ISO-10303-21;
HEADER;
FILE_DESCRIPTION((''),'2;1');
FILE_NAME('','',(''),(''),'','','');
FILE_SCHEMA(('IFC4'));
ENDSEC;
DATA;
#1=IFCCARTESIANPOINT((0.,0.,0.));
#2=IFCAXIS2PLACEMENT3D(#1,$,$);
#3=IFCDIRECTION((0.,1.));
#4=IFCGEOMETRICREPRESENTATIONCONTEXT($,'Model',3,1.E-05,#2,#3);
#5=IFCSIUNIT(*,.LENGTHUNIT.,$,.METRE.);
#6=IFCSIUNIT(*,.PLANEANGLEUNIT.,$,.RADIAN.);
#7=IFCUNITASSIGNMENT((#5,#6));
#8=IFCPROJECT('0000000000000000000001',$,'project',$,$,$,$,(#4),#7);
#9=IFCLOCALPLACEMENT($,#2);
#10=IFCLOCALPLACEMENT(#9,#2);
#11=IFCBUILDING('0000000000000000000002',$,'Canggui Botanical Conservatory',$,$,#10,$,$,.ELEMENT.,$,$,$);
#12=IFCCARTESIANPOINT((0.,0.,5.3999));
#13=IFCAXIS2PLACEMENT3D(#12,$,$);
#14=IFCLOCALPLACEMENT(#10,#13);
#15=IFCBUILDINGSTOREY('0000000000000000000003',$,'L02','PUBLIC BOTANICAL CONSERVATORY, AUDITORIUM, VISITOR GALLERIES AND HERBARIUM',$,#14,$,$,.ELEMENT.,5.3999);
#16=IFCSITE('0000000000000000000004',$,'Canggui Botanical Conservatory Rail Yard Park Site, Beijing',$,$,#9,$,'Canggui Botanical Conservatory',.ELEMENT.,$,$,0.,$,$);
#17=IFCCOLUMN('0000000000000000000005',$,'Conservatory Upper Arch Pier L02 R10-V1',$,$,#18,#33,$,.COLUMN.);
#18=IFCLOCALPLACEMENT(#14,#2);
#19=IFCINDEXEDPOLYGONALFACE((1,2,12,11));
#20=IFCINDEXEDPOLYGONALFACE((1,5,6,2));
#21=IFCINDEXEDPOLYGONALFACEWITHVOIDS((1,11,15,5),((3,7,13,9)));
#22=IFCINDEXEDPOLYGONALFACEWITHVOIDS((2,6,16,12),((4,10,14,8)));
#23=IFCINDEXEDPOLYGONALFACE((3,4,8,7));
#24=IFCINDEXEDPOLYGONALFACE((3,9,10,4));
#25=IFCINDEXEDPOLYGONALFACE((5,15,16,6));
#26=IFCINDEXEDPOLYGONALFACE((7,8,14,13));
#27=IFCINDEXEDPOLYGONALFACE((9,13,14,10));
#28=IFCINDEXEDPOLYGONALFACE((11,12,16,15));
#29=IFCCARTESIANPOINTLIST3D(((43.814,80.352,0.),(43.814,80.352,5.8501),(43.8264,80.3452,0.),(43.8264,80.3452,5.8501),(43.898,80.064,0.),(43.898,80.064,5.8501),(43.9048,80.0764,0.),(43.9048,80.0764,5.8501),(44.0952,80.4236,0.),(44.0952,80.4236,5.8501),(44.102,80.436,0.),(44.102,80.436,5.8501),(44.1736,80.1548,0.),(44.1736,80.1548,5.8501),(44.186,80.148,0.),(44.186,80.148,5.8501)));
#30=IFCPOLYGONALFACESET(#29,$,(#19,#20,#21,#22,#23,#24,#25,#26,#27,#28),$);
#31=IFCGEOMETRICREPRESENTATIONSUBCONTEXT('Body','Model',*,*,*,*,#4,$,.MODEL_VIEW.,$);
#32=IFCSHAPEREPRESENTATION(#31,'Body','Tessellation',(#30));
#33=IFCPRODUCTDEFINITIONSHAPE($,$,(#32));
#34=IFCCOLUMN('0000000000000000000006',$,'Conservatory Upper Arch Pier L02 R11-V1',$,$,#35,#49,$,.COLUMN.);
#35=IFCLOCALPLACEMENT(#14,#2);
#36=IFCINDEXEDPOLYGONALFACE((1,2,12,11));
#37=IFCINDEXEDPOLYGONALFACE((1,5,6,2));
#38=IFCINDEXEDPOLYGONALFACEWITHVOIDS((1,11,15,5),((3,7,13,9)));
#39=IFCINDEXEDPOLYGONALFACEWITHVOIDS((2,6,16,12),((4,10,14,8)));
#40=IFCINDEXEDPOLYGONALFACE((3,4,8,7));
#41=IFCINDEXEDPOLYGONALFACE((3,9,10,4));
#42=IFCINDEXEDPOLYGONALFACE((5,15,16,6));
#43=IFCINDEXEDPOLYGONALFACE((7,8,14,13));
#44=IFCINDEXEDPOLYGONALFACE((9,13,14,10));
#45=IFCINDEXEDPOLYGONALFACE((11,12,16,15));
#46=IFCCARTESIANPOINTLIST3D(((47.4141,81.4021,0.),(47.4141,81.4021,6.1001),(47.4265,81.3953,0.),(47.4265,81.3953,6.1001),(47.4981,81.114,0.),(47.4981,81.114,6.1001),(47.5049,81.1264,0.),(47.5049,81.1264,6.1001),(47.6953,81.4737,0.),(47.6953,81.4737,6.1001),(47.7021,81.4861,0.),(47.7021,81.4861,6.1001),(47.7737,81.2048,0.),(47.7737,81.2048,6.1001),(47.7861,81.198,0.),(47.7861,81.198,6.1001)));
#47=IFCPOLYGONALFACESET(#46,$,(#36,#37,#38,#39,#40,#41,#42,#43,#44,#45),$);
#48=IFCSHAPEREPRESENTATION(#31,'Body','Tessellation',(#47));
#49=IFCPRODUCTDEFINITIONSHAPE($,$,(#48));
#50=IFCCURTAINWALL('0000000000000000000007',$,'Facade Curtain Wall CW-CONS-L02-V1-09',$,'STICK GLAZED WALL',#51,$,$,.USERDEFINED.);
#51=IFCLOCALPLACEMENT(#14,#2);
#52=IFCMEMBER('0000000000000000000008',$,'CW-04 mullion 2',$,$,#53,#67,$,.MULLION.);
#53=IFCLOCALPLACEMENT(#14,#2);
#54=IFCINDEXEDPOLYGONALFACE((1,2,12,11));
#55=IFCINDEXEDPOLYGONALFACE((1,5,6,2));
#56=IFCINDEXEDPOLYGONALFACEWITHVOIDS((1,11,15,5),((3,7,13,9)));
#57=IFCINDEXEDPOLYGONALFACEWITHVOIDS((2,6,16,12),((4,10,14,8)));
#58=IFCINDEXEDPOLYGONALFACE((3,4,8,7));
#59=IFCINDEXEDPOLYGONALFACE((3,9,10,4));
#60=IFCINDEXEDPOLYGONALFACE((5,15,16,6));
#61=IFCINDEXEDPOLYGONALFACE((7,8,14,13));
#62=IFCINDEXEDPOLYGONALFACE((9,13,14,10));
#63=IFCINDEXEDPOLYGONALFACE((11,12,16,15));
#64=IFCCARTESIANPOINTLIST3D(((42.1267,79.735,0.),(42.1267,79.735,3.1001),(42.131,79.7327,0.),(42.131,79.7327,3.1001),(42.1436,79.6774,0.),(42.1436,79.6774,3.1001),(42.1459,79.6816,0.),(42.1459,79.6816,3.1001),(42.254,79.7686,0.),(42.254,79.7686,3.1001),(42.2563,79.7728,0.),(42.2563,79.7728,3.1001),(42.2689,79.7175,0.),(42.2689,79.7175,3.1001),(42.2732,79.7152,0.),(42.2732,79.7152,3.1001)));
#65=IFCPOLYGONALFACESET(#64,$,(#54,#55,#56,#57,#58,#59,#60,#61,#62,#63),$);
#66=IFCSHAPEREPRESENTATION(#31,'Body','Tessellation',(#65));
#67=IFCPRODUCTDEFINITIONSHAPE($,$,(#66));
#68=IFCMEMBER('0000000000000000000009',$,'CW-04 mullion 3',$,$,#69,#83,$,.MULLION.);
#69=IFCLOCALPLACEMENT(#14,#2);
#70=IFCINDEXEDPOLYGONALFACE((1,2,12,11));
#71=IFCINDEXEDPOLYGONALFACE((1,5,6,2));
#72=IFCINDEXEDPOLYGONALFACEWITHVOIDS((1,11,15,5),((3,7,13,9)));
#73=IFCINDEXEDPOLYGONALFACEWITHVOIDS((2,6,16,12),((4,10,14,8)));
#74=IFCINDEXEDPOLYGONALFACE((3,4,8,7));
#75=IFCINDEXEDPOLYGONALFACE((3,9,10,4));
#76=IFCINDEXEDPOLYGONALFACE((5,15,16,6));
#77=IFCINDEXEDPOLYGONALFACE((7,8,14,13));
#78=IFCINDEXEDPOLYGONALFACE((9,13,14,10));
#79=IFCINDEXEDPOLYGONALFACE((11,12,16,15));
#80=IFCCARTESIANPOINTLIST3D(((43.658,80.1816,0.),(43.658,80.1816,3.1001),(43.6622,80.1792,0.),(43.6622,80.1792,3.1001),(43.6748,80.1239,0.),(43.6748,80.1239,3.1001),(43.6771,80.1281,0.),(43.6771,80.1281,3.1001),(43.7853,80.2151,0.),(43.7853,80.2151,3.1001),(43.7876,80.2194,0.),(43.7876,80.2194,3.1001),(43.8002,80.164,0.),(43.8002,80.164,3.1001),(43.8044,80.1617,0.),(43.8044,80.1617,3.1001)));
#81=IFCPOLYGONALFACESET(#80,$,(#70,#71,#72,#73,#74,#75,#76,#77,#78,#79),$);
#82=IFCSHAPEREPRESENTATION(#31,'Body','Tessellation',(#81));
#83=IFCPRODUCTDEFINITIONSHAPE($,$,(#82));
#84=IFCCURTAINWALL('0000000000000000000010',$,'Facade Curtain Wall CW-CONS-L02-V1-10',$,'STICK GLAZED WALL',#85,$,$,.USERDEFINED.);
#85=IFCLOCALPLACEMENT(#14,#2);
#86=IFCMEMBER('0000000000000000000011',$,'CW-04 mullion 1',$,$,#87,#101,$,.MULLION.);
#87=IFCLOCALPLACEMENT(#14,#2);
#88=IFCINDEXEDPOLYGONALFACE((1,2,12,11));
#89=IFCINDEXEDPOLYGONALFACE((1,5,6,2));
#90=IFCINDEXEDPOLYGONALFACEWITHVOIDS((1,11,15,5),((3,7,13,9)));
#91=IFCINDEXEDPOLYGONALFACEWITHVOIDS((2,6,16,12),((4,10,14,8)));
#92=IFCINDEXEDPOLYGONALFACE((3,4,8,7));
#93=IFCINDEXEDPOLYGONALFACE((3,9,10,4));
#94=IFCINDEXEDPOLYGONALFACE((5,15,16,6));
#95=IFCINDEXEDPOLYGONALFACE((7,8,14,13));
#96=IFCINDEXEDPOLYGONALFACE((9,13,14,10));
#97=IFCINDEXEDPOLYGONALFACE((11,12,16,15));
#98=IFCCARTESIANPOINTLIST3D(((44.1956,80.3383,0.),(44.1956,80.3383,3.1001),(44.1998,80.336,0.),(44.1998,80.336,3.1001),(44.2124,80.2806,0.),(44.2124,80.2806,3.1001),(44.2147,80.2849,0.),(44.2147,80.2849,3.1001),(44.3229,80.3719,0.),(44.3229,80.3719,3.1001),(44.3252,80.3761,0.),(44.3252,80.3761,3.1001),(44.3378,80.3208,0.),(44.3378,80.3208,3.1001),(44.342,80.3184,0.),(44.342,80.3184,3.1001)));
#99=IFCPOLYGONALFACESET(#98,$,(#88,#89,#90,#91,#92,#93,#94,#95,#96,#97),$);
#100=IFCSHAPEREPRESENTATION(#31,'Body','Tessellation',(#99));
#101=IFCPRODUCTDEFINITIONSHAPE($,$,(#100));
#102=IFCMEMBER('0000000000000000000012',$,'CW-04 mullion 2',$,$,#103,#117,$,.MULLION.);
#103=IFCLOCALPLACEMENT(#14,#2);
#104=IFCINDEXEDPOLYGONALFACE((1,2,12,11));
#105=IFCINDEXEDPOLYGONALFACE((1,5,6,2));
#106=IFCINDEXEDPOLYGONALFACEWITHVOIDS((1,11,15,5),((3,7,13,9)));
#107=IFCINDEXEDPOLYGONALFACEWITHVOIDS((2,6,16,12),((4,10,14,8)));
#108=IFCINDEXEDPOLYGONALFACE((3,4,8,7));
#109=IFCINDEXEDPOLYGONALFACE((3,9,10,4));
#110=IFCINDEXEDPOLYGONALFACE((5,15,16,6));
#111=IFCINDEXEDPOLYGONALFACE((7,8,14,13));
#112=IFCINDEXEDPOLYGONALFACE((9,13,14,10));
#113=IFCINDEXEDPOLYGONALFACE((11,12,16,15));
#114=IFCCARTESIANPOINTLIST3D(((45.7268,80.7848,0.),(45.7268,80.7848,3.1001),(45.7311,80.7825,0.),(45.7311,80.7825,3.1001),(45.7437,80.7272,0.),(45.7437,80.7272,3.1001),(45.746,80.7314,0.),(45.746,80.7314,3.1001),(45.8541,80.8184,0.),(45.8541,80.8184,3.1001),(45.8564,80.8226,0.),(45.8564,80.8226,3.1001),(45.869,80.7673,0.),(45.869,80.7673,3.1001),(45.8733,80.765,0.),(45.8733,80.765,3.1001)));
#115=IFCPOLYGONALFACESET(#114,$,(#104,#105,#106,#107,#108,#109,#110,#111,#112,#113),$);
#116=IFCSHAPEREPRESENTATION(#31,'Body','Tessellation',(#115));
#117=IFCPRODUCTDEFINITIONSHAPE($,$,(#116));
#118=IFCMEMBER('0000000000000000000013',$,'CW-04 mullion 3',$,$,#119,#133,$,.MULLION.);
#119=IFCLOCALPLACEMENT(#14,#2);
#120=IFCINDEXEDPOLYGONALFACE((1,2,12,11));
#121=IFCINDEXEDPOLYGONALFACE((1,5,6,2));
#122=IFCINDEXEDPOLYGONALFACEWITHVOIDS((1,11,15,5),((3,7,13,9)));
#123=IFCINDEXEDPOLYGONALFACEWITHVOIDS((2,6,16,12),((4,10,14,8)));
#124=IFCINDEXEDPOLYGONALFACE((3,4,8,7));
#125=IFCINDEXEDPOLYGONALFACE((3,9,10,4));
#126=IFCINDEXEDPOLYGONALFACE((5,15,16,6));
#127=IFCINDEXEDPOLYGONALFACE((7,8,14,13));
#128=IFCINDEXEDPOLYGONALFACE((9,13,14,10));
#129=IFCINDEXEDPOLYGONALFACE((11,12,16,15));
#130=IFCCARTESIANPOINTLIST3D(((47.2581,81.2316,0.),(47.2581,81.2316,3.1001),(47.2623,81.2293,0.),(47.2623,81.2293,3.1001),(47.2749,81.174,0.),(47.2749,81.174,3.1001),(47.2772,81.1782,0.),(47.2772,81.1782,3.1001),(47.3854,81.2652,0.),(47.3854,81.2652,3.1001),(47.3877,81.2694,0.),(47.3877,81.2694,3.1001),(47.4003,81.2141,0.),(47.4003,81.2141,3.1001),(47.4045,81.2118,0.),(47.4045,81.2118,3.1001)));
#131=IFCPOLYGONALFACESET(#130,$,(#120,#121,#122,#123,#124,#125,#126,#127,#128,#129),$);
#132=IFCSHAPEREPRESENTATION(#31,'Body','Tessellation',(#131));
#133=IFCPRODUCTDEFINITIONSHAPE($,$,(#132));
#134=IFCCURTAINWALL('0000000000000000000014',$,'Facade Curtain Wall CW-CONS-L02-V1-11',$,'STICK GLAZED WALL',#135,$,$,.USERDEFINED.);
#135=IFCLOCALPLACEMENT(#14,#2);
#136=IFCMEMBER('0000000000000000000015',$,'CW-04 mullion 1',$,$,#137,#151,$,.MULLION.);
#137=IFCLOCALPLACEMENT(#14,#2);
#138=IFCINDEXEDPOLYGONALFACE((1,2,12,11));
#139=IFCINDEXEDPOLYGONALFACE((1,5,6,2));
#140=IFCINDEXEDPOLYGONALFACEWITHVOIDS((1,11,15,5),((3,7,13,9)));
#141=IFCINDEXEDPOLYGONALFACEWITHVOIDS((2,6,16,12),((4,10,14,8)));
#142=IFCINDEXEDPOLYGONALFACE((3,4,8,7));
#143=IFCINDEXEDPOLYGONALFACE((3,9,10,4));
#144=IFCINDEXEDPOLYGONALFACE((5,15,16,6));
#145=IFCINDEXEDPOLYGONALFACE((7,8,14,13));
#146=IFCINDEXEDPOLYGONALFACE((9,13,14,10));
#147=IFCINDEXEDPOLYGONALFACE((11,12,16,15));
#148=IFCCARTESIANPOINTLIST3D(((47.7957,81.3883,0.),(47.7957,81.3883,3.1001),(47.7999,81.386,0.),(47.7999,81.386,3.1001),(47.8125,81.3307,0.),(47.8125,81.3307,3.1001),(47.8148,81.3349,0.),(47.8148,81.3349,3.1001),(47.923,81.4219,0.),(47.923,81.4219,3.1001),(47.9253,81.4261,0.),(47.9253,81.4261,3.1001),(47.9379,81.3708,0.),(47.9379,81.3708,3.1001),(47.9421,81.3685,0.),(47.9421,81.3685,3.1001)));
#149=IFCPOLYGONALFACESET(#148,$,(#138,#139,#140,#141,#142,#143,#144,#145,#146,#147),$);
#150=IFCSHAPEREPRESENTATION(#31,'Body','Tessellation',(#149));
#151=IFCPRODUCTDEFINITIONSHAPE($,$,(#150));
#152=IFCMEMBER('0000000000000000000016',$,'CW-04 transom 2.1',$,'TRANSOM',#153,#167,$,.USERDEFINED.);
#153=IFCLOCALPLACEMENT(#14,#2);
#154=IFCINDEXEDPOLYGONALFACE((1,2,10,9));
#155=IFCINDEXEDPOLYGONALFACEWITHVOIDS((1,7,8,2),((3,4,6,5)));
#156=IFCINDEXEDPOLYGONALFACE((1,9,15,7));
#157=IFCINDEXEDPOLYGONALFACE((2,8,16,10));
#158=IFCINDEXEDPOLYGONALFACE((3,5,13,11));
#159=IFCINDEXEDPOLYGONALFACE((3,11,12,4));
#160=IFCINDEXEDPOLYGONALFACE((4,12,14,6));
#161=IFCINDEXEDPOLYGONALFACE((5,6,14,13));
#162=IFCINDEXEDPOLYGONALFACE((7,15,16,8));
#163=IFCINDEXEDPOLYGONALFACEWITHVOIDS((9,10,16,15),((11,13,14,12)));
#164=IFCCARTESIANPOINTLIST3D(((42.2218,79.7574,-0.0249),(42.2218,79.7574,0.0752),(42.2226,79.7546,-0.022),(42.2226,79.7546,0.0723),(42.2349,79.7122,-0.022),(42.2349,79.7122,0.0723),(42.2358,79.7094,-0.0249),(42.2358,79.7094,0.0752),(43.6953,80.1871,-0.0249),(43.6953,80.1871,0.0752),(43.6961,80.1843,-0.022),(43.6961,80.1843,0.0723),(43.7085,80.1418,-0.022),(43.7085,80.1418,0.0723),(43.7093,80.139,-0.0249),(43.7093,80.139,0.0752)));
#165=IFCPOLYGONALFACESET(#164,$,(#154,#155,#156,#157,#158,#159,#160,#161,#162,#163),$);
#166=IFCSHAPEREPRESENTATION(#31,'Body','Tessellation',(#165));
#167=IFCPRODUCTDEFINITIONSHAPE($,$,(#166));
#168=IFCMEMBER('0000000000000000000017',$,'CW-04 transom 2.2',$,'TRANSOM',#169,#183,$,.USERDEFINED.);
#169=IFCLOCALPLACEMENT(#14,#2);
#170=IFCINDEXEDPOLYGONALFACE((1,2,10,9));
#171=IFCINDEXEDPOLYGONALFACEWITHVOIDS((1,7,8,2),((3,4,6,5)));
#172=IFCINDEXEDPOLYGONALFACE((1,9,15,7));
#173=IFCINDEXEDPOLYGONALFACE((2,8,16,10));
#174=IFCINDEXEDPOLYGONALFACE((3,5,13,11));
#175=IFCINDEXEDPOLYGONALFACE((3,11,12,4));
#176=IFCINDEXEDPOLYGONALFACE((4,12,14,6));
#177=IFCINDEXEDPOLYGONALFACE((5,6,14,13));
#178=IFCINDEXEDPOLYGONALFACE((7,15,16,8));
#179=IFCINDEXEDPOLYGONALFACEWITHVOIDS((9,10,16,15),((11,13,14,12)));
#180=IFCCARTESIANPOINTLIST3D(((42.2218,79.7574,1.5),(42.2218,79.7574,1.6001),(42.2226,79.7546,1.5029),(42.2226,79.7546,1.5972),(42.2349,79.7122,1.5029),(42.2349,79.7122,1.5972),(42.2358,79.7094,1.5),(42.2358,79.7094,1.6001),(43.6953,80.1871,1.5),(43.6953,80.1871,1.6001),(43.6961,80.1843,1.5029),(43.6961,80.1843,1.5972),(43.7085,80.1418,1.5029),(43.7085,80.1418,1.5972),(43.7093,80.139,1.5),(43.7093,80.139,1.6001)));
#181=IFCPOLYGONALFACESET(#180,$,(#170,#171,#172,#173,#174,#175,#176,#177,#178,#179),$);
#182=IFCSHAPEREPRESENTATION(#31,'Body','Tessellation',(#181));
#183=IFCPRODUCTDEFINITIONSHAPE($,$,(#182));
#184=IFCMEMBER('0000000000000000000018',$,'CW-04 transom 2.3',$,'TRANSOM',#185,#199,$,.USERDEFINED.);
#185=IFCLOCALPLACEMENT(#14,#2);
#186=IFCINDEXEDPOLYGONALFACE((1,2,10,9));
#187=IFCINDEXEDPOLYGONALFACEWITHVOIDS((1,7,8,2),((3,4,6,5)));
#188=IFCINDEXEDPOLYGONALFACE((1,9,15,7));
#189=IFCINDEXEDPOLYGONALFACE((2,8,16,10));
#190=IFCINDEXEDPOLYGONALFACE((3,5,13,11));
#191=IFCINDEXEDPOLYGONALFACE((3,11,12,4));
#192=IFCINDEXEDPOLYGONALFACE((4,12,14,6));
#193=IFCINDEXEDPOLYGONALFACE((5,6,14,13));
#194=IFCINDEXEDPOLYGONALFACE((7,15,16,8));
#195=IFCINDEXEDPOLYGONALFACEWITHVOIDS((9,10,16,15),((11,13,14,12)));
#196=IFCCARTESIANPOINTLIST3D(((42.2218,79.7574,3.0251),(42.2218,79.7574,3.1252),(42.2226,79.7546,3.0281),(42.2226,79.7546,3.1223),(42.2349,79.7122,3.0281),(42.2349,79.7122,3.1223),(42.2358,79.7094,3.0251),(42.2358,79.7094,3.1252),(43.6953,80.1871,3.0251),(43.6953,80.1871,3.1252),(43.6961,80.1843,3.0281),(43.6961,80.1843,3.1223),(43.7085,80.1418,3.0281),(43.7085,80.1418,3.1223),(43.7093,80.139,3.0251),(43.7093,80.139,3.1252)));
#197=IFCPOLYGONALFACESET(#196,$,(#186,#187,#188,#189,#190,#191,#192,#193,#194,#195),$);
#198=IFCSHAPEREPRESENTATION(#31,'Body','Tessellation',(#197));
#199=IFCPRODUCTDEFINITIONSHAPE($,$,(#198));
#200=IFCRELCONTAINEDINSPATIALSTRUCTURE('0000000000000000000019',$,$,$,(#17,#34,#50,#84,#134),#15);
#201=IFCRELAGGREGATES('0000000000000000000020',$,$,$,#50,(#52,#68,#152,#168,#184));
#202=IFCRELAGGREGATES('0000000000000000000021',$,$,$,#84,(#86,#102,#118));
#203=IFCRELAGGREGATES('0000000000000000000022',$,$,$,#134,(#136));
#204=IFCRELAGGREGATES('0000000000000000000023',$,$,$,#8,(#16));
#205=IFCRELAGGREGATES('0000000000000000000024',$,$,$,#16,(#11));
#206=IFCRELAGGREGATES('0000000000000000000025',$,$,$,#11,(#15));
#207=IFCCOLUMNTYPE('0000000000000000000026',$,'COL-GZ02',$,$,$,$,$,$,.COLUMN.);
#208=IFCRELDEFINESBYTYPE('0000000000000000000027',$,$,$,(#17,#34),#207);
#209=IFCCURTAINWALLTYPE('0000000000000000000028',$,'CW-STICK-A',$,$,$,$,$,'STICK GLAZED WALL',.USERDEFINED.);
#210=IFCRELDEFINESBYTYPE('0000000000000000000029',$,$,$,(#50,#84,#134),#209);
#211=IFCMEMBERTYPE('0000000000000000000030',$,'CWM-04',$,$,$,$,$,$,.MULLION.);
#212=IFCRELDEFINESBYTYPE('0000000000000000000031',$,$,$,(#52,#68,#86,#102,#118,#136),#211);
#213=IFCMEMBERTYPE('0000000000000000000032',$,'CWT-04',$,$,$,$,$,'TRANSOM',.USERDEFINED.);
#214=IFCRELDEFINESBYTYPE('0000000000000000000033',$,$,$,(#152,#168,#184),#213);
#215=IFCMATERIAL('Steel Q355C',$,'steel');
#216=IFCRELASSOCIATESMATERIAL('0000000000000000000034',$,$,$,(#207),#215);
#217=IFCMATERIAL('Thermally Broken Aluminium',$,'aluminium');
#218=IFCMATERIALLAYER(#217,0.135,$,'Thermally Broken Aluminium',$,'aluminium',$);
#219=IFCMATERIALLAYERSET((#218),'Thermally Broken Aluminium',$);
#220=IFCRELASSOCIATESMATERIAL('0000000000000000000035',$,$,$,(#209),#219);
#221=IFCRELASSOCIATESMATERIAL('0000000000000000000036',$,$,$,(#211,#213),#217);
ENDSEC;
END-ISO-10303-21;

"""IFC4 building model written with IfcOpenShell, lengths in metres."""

from ifc_helpers import new_model, si_unit, direction, frame, origin, origin_2d, place, context, subcontext, project, spatial, hollow_rectangle, extrude, material, layer, layer_set, material_profile, profile_set, type_object, element, aggregate, save


model = new_model("IFC4")

# Units and contexts
model_context = context("Model", 3, precision=1e-05, world=origin(), true_north=direction((0.0, 1.0)))
body_context = subcontext(model_context, "Body", "Model", "MODEL_VIEW")
ifc_project = project(units=[si_unit("LENGTHUNIT", "METRE"), si_unit("PLANEANGLEUNIT", "RADIAN")], contexts=[model_context])

# Site, building, storey
site_placement = place(None, origin())
site = spatial("IfcSite", under=ifc_project, at=site_placement, Name="Canggui Botanical Conservatory Rail Yard Park Site, Beijing", LongName="Canggui Botanical Conservatory", CompositionType="ELEMENT", RefElevation=0.0)
building_placement = place(site_placement, origin())
building = spatial("IfcBuilding", under=site, at=building_placement, Name="Canggui Botanical Conservatory", CompositionType="ELEMENT")
storey_placement = place(building_placement, frame((0.0, 0.0, 5.3999)))
storey = spatial("IfcBuildingStorey", under=building, at=storey_placement, Name="L02", Description="PUBLIC BOTANICAL CONSERVATORY, AUDITORIUM, VISITOR GALLERIES AND HERBARIUM", CompositionType="ELEMENT", Elevation=5.3999)

# Columns
ifc_material_1 = material(Name="Steel Q355C", Category="steel")
ifc_material_profile_1 = material_profile(ifc_material_1, hollow_rectangle(XDim=0.3, YDim=0.3, WallThickness=0.01, at=origin_2d()), Name="SHS 300x300x10")
ifc_profile_set_1 = profile_set([ifc_material_profile_1], Name="Steel Q355C")
column_type = type_object("IfcColumnType", Name="COL-GZ02", PredefinedType="COLUMN", material=ifc_profile_set_1)
column_1_placement = place(storey_placement, frame((44.0, 80.25, 0.0), z_axis=(0.0, 0.0, 1.0), x_axis=(0.96, 0.28, 0.0)))
element("IfcColumn", 1, at=column_1_placement, inside=storey, type_object=column_type, Name="Conservatory Upper Arch Pier L02 R10-V1", PredefinedType="COLUMN", context=body_context, shape_type="SweptSolid", body=[
    extrude(hollow_rectangle(XDim=0.3, YDim=0.3, WallThickness=0.01, at=origin_2d()), origin(), (0.0, 0.0, 1.0), 5.8501),
])
column_2_placement = place(storey_placement, frame((47.6001, 81.3, 0.0), z_axis=(0.0, 0.0, 1.0), x_axis=(0.96, 0.28, 0.0)))
element("IfcColumn", 2, at=column_2_placement, inside=storey, type_object=column_type, Name="Conservatory Upper Arch Pier L02 R11-V1", PredefinedType="COLUMN", context=body_context, shape_type="SweptSolid", body=[
    extrude(hollow_rectangle(XDim=0.3, YDim=0.3, WallThickness=0.01, at=origin_2d()), origin(), (0.0, 0.0, 1.0), 6.1001),
])

# Curtain walls, members
ifc_material_2 = material(Name="Thermally Broken Aluminium", Category="aluminium")
ifc_layer_1 = layer(ifc_material_2, 0.135, Name="Thermally Broken Aluminium", Category="aluminium")
ifc_layer_set_1 = layer_set([ifc_layer_1], Name="Thermally Broken Aluminium")
curtain_wall_type = type_object("IfcCurtainWallType", Name="CW-STICK-A", ElementType="STICK GLAZED WALL", PredefinedType="USERDEFINED", material=ifc_layer_set_1)
curtain_wall_1_placement = place(storey_placement, origin())
curtain_wall_1 = element("IfcCurtainWall", 3, at=curtain_wall_1_placement, inside=storey, type_object=curtain_wall_type, Name="Facade Curtain Wall CW-CONS-L02-V1-09", ObjectType="STICK GLAZED WALL", PredefinedType="USERDEFINED")
ifc_material_profile_2 = material_profile(ifc_material_2, hollow_rectangle(XDim=0.0601, YDim=0.135, WallThickness=0.0034, at=origin_2d()), Name="CWM 60x135x3.5")
ifc_profile_set_2 = profile_set([ifc_material_profile_2], Name="Thermally Broken Aluminium")
member_type_1 = type_object("IfcMemberType", Name="CWM-04", PredefinedType="MULLION", material=ifc_profile_set_2)
member_1_placement = place(storey_placement, frame((42.2, 79.7251, 0.0), z_axis=(0.0, 0.0, 1.0), x_axis=(-0.28, 0.96, 0.0)))
member_1 = element("IfcMember", 4, at=member_1_placement, type_object=member_type_1, Name="CW-04 mullion 2", PredefinedType="MULLION", context=body_context, shape_type="SweptSolid", body=[
    extrude(hollow_rectangle(XDim=0.0601, YDim=0.135, WallThickness=0.0034, at=origin_2d()), origin(), (0.0, 0.0, 1.0), 3.1001),
])
member_2_placement = place(storey_placement, frame((43.7312, 80.1716, 0.0), z_axis=(0.0, 0.0, 1.0), x_axis=(-0.28, 0.96, 0.0)))
member_2 = element("IfcMember", 5, at=member_2_placement, type_object=member_type_1, Name="CW-04 mullion 3", PredefinedType="MULLION", context=body_context, shape_type="SweptSolid", body=[
    extrude(hollow_rectangle(XDim=0.0601, YDim=0.135, WallThickness=0.0034, at=origin_2d()), origin(), (0.0, 0.0, 1.0), 3.1001),
])
curtain_wall_2_placement = place(storey_placement, origin())
curtain_wall_2 = element("IfcCurtainWall", 6, at=curtain_wall_2_placement, inside=storey, type_object=curtain_wall_type, Name="Facade Curtain Wall CW-CONS-L02-V1-10", ObjectType="STICK GLAZED WALL", PredefinedType="USERDEFINED")
member_3_placement = place(storey_placement, frame((44.2688, 80.3284, 0.0), z_axis=(0.0, 0.0, 1.0), x_axis=(-0.28, 0.96, 0.0)))
member_3 = element("IfcMember", 7, at=member_3_placement, type_object=member_type_1, Name="CW-04 mullion 1", PredefinedType="MULLION", context=body_context, shape_type="SweptSolid", body=[
    extrude(hollow_rectangle(XDim=0.0601, YDim=0.135, WallThickness=0.0034, at=origin_2d()), origin(), (0.0, 0.0, 1.0), 3.1001),
])
member_4_placement = place(storey_placement, frame((45.8, 80.7749, 0.0), z_axis=(0.0, 0.0, 1.0), x_axis=(-0.28, 0.96, 0.0)))
member_4 = element("IfcMember", 8, at=member_4_placement, type_object=member_type_1, Name="CW-04 mullion 2", PredefinedType="MULLION", context=body_context, shape_type="SweptSolid", body=[
    extrude(hollow_rectangle(XDim=0.0601, YDim=0.135, WallThickness=0.0034, at=origin_2d()), origin(), (0.0, 0.0, 1.0), 3.1001),
])
member_5_placement = place(storey_placement, frame((47.3313, 81.2217, 0.0), z_axis=(0.0, 0.0, 1.0), x_axis=(-0.28, 0.96, 0.0)))
member_5 = element("IfcMember", 9, at=member_5_placement, type_object=member_type_1, Name="CW-04 mullion 3", PredefinedType="MULLION", context=body_context, shape_type="SweptSolid", body=[
    extrude(hollow_rectangle(XDim=0.0601, YDim=0.135, WallThickness=0.0034, at=origin_2d()), origin(), (0.0, 0.0, 1.0), 3.1001),
])

# Curtain wall, member
curtain_wall_3_placement = place(storey_placement, origin())
curtain_wall_3 = element("IfcCurtainWall", 10, at=curtain_wall_3_placement, inside=storey, type_object=curtain_wall_type, Name="Facade Curtain Wall CW-CONS-L02-V1-11", ObjectType="STICK GLAZED WALL", PredefinedType="USERDEFINED")
member_6_placement = place(storey_placement, frame((47.8689, 81.3784, 0.0), z_axis=(0.0, 0.0, 1.0), x_axis=(-0.28, 0.96, 0.0)))
member_6 = element("IfcMember", 11, at=member_6_placement, type_object=member_type_1, Name="CW-04 mullion 1", PredefinedType="MULLION", context=body_context, shape_type="SweptSolid", body=[
    extrude(hollow_rectangle(XDim=0.0601, YDim=0.135, WallThickness=0.0034, at=origin_2d()), origin(), (0.0, 0.0, 1.0), 3.1001),
])

# Members
ifc_material_profile_3 = material_profile(ifc_material_2, hollow_rectangle(XDim=0.05, YDim=0.1001, WallThickness=0.0029, at=origin_2d()), Name="CWT 50x100x3")
ifc_profile_set_3 = profile_set([ifc_material_profile_3], Name="Thermally Broken Aluminium")
member_type_2 = type_object("IfcMemberType", Name="CWT-04", ElementType="TRANSOM", PredefinedType="USERDEFINED", material=ifc_profile_set_3)
member_7_placement = place(storey_placement, frame((42.2288, 79.7334, 0.0251), z_axis=(0.960021, 0.279927, 0.0), x_axis=(-0.279927, 0.960021, 0.0)))
member_7 = element("IfcMember", 12, at=member_7_placement, type_object=member_type_2, Name="CW-04 transom 2.1", ObjectType="TRANSOM", PredefinedType="USERDEFINED", context=body_context, shape_type="SweptSolid", body=[
    extrude(hollow_rectangle(XDim=0.05, YDim=0.1001, WallThickness=0.0029, at=origin_2d()), origin(), (0.0, 0.0, 1.0), 1.5349),
])
member_8_placement = place(storey_placement, frame((42.2288, 79.7334, 1.55), z_axis=(0.960021, 0.279927, 0.0), x_axis=(-0.279927, 0.960021, 0.0)))
member_8 = element("IfcMember", 13, at=member_8_placement, type_object=member_type_2, Name="CW-04 transom 2.2", ObjectType="TRANSOM", PredefinedType="USERDEFINED", context=body_context, shape_type="SweptSolid", body=[
    extrude(hollow_rectangle(XDim=0.05, YDim=0.1001, WallThickness=0.0029, at=origin_2d()), origin(), (0.0, 0.0, 1.0), 1.5349),
])
member_9_placement = place(storey_placement, frame((42.2288, 79.7334, 3.0752), z_axis=(0.960021, 0.279927, 0.0), x_axis=(-0.279927, 0.960021, 0.0)))
member_9 = element("IfcMember", 14, at=member_9_placement, type_object=member_type_2, Name="CW-04 transom 2.3", ObjectType="TRANSOM", PredefinedType="USERDEFINED", context=body_context, shape_type="SweptSolid", body=[
    extrude(hollow_rectangle(XDim=0.05, YDim=0.1001, WallThickness=0.0029, at=origin_2d()), origin(), (0.0, 0.0, 1.0), 1.5349),
])

aggregate(curtain_wall_1, [member_1, member_2, member_7, member_8, member_9])
aggregate(curtain_wall_2, [member_3, member_4, member_5])
aggregate(curtain_wall_3, [member_6])

save(model, "model.ifc")
